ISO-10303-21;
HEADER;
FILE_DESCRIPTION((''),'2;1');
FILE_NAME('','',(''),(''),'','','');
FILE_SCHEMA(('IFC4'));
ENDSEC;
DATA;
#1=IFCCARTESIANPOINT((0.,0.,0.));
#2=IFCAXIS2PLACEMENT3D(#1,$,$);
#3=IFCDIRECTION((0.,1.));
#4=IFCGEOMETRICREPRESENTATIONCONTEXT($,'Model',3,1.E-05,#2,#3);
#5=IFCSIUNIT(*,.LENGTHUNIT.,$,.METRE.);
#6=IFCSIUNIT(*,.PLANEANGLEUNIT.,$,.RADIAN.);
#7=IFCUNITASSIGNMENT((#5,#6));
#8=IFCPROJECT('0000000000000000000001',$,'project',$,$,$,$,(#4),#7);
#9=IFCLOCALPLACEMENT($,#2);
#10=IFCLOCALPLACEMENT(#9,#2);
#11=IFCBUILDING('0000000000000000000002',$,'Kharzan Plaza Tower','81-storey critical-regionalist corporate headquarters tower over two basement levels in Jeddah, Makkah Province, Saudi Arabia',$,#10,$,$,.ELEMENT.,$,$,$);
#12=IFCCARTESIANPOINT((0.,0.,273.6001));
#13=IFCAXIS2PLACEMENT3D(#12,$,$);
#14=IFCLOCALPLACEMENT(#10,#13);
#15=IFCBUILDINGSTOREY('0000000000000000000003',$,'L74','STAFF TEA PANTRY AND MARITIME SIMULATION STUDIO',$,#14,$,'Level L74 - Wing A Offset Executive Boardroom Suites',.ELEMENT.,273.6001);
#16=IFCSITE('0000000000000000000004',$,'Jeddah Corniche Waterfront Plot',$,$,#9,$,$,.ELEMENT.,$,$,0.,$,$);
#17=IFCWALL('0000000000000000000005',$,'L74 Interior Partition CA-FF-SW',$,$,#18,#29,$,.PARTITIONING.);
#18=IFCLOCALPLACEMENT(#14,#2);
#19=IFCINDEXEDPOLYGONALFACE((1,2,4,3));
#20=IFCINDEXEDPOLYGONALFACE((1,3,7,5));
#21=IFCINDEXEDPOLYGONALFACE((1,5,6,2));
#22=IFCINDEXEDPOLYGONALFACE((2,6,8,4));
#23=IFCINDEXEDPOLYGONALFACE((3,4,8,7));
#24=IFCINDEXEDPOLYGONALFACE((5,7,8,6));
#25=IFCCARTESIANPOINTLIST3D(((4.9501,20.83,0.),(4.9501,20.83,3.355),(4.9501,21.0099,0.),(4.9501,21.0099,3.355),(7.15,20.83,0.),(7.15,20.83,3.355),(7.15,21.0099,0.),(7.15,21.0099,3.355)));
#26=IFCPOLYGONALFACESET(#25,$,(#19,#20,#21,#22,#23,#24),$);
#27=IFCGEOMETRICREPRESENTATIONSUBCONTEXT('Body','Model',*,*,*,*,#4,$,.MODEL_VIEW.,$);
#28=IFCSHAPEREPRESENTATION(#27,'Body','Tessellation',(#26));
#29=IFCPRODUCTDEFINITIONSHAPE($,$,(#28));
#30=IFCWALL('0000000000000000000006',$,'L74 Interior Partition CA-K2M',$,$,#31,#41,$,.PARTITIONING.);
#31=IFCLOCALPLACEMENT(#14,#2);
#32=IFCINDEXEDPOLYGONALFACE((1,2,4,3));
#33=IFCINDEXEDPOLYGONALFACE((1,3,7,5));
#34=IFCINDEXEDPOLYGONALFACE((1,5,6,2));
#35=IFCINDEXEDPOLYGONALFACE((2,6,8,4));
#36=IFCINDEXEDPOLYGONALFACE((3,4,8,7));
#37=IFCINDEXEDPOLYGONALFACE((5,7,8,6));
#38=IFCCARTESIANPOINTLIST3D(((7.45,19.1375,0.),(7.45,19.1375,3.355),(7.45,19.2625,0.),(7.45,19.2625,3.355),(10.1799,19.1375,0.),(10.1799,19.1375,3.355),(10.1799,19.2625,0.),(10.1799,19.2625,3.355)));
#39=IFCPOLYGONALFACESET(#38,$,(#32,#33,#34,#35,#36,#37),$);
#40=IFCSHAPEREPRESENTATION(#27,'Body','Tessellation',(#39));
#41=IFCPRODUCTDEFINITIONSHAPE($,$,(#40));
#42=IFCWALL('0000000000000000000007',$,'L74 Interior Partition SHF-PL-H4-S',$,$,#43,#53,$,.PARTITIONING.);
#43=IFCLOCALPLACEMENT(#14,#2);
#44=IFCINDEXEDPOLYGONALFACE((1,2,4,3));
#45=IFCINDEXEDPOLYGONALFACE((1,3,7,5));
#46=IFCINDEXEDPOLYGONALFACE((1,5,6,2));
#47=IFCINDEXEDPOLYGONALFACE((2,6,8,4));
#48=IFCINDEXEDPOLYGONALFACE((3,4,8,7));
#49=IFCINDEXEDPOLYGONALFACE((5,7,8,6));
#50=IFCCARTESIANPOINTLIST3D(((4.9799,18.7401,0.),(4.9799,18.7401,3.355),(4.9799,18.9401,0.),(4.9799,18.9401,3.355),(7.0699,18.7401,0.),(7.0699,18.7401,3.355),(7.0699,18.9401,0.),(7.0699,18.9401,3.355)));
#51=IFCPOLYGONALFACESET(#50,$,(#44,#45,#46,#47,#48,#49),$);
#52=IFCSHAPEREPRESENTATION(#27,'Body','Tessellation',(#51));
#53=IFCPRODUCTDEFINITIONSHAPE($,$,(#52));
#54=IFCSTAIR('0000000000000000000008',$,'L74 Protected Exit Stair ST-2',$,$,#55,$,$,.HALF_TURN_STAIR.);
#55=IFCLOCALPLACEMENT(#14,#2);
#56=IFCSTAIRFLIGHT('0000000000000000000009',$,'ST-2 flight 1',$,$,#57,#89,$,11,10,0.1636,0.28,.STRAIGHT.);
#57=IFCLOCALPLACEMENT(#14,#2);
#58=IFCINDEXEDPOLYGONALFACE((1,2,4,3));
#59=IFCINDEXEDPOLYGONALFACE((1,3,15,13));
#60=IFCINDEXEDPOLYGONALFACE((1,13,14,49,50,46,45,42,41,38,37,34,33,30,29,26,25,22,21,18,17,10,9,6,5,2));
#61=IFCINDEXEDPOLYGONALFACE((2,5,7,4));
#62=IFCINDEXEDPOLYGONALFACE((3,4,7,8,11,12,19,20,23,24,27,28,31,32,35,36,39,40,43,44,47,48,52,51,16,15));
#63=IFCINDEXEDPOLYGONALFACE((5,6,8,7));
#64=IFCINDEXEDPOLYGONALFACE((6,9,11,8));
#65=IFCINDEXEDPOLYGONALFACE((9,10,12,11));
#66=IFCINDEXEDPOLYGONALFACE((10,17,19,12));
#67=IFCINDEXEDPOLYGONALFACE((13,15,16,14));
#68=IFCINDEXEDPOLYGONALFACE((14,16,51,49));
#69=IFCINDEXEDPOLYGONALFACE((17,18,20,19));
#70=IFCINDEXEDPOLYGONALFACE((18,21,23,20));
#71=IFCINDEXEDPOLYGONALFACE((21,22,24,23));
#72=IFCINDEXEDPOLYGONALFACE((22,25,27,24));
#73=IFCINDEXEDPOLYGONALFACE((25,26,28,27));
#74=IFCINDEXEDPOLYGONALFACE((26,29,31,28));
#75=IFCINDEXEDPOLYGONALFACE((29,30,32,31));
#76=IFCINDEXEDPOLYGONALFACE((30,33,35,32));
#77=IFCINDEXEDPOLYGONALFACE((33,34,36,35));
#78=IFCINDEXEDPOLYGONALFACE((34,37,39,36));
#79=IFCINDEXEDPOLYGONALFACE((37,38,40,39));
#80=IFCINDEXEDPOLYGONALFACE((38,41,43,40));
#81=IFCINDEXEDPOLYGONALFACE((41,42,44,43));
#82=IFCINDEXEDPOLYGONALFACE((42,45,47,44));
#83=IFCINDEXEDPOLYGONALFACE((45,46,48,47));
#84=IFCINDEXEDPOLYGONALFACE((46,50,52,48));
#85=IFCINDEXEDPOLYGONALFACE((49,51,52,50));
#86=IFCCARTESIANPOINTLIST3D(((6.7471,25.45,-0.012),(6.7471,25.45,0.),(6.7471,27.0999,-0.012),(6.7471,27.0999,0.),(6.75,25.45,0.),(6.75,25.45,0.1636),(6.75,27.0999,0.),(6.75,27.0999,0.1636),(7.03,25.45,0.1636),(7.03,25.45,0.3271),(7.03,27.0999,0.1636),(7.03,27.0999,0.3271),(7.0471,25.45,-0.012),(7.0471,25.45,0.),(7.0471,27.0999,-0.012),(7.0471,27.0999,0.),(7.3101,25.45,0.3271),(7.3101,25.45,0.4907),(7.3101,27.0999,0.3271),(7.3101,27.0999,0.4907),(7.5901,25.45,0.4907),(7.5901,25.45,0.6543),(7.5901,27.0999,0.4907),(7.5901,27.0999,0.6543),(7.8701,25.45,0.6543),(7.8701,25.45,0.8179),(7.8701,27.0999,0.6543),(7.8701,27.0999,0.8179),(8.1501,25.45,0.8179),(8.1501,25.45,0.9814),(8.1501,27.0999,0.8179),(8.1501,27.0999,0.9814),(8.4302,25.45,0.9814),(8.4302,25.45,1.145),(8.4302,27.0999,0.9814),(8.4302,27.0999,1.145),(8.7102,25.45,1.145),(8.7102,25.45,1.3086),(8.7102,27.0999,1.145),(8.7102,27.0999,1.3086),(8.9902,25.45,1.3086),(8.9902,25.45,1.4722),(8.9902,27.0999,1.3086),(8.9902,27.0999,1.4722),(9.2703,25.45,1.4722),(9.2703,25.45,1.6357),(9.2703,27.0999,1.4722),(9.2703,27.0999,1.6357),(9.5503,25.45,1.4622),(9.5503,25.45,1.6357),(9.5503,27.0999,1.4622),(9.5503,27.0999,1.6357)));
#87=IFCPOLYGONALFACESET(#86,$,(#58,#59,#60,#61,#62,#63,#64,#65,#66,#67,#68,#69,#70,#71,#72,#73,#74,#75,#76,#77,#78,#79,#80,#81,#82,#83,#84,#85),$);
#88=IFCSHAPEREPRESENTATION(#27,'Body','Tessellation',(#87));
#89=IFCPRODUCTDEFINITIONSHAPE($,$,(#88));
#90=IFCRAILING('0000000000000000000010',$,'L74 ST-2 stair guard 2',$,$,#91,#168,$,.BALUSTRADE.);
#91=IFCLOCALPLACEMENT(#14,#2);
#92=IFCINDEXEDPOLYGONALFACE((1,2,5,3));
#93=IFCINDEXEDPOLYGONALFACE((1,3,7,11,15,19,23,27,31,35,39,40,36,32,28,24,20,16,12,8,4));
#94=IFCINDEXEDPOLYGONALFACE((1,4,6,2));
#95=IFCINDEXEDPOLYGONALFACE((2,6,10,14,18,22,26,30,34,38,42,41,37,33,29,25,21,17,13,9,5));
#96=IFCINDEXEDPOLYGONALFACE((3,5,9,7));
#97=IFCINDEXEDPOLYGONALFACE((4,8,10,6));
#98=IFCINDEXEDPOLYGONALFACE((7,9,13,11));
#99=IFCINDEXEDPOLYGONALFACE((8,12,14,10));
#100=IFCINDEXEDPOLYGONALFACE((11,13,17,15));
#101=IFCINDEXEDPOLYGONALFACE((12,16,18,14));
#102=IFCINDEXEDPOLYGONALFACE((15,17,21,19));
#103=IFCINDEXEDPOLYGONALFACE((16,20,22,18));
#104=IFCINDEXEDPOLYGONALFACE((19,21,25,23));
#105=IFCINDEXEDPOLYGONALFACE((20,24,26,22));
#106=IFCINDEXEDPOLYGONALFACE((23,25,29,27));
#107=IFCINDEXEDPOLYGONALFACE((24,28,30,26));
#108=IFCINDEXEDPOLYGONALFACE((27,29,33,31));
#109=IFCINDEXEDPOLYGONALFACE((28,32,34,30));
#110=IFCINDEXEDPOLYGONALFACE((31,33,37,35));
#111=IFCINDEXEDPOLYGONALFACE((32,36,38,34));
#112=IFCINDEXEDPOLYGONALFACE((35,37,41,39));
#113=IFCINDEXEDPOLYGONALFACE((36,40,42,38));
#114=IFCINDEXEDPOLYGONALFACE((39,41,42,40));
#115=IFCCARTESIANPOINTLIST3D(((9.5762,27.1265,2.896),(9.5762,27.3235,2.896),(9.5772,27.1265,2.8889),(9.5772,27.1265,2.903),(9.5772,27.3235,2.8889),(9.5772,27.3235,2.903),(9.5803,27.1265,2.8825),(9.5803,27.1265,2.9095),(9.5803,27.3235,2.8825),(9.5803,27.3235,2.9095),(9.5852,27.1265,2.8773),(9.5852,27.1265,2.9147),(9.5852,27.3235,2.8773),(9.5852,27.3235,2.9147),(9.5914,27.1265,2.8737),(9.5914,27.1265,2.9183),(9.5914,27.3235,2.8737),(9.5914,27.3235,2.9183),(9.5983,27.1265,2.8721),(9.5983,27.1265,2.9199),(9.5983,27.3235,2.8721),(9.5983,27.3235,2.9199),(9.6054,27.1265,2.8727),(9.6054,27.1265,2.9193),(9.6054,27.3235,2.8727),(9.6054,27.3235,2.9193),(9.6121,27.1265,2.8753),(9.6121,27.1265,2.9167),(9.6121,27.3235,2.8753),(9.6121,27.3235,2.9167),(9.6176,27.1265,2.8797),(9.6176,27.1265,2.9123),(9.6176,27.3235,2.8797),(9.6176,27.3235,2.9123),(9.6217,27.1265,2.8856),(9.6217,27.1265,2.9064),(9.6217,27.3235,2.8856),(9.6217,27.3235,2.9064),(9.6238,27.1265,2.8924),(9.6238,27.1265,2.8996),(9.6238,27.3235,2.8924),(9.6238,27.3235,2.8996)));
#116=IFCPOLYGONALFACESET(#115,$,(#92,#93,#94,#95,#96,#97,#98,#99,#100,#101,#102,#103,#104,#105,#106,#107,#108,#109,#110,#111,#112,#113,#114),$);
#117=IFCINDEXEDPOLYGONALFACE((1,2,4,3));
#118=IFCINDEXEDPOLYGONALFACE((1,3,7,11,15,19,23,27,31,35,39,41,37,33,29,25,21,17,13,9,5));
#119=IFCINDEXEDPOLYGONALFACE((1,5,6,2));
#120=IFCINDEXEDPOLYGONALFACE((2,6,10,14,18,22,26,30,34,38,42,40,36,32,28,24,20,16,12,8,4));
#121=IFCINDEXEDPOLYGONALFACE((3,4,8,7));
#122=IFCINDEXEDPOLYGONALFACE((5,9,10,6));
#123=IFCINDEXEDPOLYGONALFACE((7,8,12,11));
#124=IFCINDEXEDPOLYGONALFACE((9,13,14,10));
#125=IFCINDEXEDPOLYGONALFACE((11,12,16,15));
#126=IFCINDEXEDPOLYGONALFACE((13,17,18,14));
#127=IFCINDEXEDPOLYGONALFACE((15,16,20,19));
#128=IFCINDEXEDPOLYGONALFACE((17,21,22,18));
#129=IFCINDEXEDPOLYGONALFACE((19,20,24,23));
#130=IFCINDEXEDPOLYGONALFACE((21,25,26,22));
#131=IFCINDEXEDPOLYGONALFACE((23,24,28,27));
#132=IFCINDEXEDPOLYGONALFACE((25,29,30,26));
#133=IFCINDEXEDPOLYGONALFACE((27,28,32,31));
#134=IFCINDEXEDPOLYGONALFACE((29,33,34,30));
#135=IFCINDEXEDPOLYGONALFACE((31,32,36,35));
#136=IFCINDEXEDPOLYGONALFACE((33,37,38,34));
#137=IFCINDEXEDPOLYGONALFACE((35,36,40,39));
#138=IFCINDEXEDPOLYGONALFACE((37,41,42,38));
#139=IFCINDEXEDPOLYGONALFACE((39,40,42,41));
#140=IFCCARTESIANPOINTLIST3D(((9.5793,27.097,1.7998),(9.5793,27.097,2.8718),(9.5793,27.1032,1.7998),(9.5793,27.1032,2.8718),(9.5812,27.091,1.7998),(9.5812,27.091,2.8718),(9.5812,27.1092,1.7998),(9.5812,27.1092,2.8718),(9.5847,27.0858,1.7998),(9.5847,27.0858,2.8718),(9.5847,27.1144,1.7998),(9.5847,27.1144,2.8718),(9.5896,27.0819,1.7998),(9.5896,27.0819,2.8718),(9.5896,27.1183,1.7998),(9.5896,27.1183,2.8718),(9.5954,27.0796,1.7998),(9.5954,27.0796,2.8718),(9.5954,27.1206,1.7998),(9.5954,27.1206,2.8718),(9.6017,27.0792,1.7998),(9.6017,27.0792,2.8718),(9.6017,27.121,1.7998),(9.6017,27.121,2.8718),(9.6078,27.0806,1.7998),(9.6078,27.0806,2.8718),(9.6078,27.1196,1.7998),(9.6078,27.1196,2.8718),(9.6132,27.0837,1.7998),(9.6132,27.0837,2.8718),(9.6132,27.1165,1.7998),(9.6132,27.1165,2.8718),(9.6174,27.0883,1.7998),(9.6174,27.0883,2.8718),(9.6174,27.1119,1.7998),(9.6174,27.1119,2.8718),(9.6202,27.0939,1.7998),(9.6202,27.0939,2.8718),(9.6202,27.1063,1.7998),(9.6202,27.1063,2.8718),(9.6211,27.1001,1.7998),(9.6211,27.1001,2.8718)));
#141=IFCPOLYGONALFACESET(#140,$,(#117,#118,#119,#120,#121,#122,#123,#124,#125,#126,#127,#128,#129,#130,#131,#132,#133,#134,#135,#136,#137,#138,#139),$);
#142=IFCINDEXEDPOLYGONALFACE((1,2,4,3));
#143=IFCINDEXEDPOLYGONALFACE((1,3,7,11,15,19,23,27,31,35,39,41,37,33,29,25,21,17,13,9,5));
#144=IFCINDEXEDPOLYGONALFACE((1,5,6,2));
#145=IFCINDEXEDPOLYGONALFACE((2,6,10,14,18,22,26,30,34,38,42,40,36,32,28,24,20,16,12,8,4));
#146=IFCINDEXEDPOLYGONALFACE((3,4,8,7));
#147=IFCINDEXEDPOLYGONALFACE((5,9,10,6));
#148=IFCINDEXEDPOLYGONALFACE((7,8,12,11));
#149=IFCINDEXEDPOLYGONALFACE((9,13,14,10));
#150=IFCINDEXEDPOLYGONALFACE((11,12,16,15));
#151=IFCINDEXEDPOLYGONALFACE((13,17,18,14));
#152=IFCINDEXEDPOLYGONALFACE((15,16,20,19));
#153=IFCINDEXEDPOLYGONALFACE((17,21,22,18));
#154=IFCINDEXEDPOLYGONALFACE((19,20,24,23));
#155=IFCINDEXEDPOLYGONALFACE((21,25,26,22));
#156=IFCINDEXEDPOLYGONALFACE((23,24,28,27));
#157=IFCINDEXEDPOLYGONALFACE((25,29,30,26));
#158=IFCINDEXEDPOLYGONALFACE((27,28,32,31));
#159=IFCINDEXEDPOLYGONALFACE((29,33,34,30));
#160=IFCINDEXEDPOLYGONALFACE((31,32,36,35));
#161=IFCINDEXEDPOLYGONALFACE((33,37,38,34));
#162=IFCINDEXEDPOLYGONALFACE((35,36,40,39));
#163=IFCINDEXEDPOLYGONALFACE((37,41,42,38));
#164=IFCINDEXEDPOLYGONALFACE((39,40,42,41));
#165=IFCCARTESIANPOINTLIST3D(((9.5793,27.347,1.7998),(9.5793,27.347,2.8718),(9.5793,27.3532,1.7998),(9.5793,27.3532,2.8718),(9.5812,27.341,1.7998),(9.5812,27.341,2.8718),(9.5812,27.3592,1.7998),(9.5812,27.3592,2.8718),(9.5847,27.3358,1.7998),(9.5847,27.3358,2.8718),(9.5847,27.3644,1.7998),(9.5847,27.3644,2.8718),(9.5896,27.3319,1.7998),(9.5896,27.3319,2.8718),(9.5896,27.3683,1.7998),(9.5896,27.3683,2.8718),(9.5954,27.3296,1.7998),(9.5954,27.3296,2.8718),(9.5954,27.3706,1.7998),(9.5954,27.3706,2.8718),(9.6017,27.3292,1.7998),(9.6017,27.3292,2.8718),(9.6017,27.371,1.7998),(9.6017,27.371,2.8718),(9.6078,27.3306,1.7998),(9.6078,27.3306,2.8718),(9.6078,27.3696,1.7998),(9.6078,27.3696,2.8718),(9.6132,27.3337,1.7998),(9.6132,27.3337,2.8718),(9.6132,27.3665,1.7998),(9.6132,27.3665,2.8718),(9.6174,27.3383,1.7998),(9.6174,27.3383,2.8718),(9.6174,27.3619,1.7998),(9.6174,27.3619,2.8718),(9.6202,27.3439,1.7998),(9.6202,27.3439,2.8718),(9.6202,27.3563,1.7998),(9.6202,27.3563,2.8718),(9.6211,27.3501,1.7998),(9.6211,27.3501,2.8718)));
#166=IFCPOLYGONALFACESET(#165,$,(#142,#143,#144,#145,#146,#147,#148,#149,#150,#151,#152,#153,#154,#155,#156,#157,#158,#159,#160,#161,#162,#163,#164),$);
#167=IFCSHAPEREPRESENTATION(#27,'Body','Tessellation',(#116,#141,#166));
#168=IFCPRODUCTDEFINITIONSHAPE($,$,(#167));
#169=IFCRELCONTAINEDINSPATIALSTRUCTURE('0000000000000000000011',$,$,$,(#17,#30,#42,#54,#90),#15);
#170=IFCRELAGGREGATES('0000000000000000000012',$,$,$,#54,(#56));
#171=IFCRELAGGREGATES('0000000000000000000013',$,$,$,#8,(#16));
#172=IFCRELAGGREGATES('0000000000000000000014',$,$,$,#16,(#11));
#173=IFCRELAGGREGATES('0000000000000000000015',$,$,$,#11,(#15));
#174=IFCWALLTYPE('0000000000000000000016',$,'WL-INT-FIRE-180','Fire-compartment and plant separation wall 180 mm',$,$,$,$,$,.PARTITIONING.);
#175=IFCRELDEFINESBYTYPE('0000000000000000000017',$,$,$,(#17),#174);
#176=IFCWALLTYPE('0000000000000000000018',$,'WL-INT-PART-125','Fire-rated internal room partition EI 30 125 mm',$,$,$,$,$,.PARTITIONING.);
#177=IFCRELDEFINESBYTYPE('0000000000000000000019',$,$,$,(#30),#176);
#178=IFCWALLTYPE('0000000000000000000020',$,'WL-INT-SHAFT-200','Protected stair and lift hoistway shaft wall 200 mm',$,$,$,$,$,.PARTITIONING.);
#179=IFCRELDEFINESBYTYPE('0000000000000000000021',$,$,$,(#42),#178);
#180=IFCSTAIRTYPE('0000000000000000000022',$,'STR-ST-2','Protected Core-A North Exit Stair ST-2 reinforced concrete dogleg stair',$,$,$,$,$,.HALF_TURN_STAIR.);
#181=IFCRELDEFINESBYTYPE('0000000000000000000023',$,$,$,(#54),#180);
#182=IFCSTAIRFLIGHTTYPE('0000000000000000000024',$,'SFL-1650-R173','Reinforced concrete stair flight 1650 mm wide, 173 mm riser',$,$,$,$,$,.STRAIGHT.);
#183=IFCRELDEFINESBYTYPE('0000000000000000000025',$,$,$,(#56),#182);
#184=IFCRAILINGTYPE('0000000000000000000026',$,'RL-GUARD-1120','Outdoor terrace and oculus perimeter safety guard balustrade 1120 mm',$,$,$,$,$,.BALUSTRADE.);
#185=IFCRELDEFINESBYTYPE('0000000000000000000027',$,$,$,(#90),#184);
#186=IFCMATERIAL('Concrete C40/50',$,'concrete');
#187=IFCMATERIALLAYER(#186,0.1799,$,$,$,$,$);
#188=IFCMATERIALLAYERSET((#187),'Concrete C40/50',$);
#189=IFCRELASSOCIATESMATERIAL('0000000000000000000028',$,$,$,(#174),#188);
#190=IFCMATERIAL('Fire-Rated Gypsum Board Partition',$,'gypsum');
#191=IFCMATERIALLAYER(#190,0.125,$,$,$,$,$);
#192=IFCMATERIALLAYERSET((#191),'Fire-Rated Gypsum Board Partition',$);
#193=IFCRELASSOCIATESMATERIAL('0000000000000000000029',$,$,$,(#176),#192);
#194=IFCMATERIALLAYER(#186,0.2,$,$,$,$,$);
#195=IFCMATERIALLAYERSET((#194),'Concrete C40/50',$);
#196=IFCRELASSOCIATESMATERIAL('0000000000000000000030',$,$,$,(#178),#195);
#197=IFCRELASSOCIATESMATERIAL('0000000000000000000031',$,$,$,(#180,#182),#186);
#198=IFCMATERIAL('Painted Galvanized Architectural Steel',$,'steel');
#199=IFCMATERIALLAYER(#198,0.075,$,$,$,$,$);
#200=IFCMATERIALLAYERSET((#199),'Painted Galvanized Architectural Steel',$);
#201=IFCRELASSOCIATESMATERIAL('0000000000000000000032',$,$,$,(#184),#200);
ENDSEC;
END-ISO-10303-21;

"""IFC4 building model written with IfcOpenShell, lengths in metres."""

from ifc_helpers import new_model, si_unit, direction, frame, frame_2d, origin, origin_2d, place, context, subcontext, project, spatial, polyline, rectangle, circle, outline, extrude, source, transform, mapped, material, layer, layer_set, type_object, element, aggregate, save


model = new_model("IFC4")

# Units and contexts
model_context = context("Model", 3, precision=1e-05, world=origin(), true_north=direction((0.0, 1.0)))
body_context = subcontext(model_context, "Body", "Model", "MODEL_VIEW")
ifc_project = project(units=[si_unit("LENGTHUNIT", "METRE"), si_unit("PLANEANGLEUNIT", "RADIAN")], contexts=[model_context])

# Site, building, storey
site_placement = place(None, origin())
site = spatial("IfcSite", under=ifc_project, at=site_placement, Name="Jeddah Corniche Waterfront Plot", CompositionType="ELEMENT", RefElevation=0.0)
building_placement = place(site_placement, origin())
building = spatial("IfcBuilding", under=site, at=building_placement, Name="Kharzan Plaza Tower", Description="81-storey critical-regionalist corporate headquarters tower over two basement levels in Jeddah, Makkah Province, Saudi Arabia", CompositionType="ELEMENT")
storey_placement = place(building_placement, frame((0.0, 0.0, 273.6001)))
storey = spatial("IfcBuildingStorey", under=building, at=storey_placement, Name="L74", Description="STAFF TEA PANTRY AND MARITIME SIMULATION STUDIO", LongName="Level L74 - Wing A Offset Executive Boardroom Suites", CompositionType="ELEMENT", Elevation=273.6001)

# Shared definitions
ifc_material_1 = material(Name="Concrete C40/50", Category="concrete")
ifc_layer_1 = layer(ifc_material_1, 0.1799)
ifc_layer_set_1 = layer_set([ifc_layer_1], Name="Concrete C40/50")
wall_type_1 = type_object("IfcWallType", Name="WL-INT-FIRE-180", Description="Fire-compartment and plant separation wall 180 mm", PredefinedType="PARTITIONING", material=ifc_layer_set_1)
ifc_material_2 = material(Name="Fire-Rated Gypsum Board Partition", Category="gypsum")
ifc_layer_2 = layer(ifc_material_2, 0.125)
ifc_layer_set_2 = layer_set([ifc_layer_2], Name="Fire-Rated Gypsum Board Partition")
wall_type_2 = type_object("IfcWallType", Name="WL-INT-PART-125", Description="Fire-rated internal room partition EI 30 125 mm", PredefinedType="PARTITIONING", material=ifc_layer_set_2)
ifc_layer_3 = layer(ifc_material_1, 0.2)
ifc_layer_set_3 = layer_set([ifc_layer_3], Name="Concrete C40/50")
wall_type_3 = type_object("IfcWallType", Name="WL-INT-SHAFT-200", Description="Protected stair and lift hoistway shaft wall 200 mm", PredefinedType="PARTITIONING", material=ifc_layer_set_3)

# Walls
shared_shape_1 = source(origin(), body_context, "Body", "SweptSolid", [
    extrude(rectangle(XDim=2.2, YDim=0.1799, at=frame_2d((1.1001, 0.0))), origin(), (0.0, 0.0, 1.0), 3.355),
])
wall_1_placement = place(storey_placement, frame((4.95, 20.9199, 0.0), z_axis=(0.0, 0.0, 1.0), x_axis=(1.0, 0.0, 0.0)))
element("IfcWall", 1, at=wall_1_placement, inside=storey, type_object=wall_type_1, Name="L74 Interior Partition CA-FF-SW", PredefinedType="PARTITIONING", context=body_context, shape_type="MappedRepresentation", body=[
    mapped(shared_shape_1, transform((0.0, 0.0, 0.0), x_axis=(1.0, 0.0, 0.0), y_axis=(0.0, 1.0, 0.0), z_axis=(0.0, 0.0, 1.0))),
])
shared_shape_2 = source(origin(), body_context, "Body", "SweptSolid", [
    extrude(rectangle(XDim=2.73, YDim=0.125, at=frame_2d((1.365, 0.0))), origin(), (0.0, 0.0, 1.0), 3.355),
])
wall_2_placement = place(storey_placement, frame((7.45, 19.2, 0.0), z_axis=(0.0, 0.0, 1.0), x_axis=(1.0, 0.0, 0.0)))
element("IfcWall", 2, at=wall_2_placement, inside=storey, type_object=wall_type_2, Name="L74 Interior Partition CA-K2M", PredefinedType="PARTITIONING", context=body_context, shape_type="MappedRepresentation", body=[
    mapped(shared_shape_2, transform((0.0, 0.0, 0.0), x_axis=(1.0, 0.0, 0.0), y_axis=(0.0, 1.0, 0.0), z_axis=(0.0, 0.0, 1.0))),
])
shared_shape_3 = source(origin(), body_context, "Body", "SweptSolid", [
    extrude(rectangle(XDim=2.0901, YDim=0.2, at=frame_2d((1.0449, 0.0))), origin(), (0.0, 0.0, 1.0), 3.355),
])
wall_3_placement = place(storey_placement, frame((4.98, 18.8401, 0.0), z_axis=(0.0, 0.0, 1.0), x_axis=(1.0, 0.0, 0.0)))
element("IfcWall", 3, at=wall_3_placement, inside=storey, type_object=wall_type_3, Name="L74 Interior Partition SHF-PL-H4-S", PredefinedType="PARTITIONING", context=body_context, shape_type="MappedRepresentation", body=[
    mapped(shared_shape_3, transform((0.0, 0.0, 0.0), x_axis=(1.0, 0.0, 0.0), y_axis=(0.0, 1.0, 0.0), z_axis=(0.0, 0.0, 1.0))),
])

# Stair, stair flight
stair_type = type_object("IfcStairType", Name="STR-ST-2", Description="Protected Core-A North Exit Stair ST-2 reinforced concrete dogleg stair", PredefinedType="HALF_TURN_STAIR", material=ifc_material_1)
stair_placement = place(storey_placement, origin())
stair = element("IfcStair", 4, at=stair_placement, inside=storey, type_object=stair_type, Name="L74 Protected Exit Stair ST-2", PredefinedType="HALF_TURN_STAIR")
stair_flight_type = type_object("IfcStairFlightType", Name="SFL-1650-R173", Description="Reinforced concrete stair flight 1650 mm wide, 173 mm riser", PredefinedType="STRAIGHT", material=ifc_material_1)
shared_shape_4 = source(origin(), body_context, "Body", "SweptSolid", [
    extrude(outline(polyline([(-0.0029, -0.012), (-0.0029, 0.0), (0.0, 0.0), (0.0, 0.1636), (0.28, 0.1636), (0.28, 0.3271), (0.5601, 0.3271), (0.5601, 0.4907), (0.8401, 0.4907), (0.8401, 0.6543), (1.1201, 0.6543), (1.1201, 0.8179), (1.4001, 0.8179), (1.4001, 0.9814), (1.6802, 0.9814), (1.6802, 1.145), (1.9602, 1.145), (1.9602, 1.3086), (2.2402, 1.3086), (2.2402, 1.4722), (2.5203, 1.4722), (2.5203, 1.6357), (2.8003, 1.6357), (2.8003, 1.7993), (2.8003, 1.4622), (0.2971, 0.0), (0.2971, -0.012), (-0.0029, -0.012)])), frame((0.0, 0.825, 0.0), z_axis=(0.0, -1.0, 0.0), x_axis=(1.0, 0.0, 0.0)), (0.0, 0.0, 1.0), 1.6499),
])
stair_flight_placement = place(storey_placement, frame((6.75, 26.2749, 0.0), z_axis=(0.0, 0.0, 1.0), x_axis=(1.0, 0.0, 0.0)))
stair_flight = element("IfcStairFlight", 5, at=stair_flight_placement, type_object=stair_flight_type, Name="ST-2 flight 1", NumberOfRisers=11, NumberOfTreads=10, PredefinedType="STRAIGHT", RiserHeight=0.1636, TreadLength=0.28, context=body_context, shape_type="MappedRepresentation", body=[
    mapped(shared_shape_4, transform((0.0, 0.0, 0.0), x_axis=(1.0, 0.0, 0.0), y_axis=(0.0, 1.0, 0.0), z_axis=(0.0, 0.0, 1.0))),
])
aggregate(stair, [stair_flight])

# Railing
ifc_material_3 = material(Name="Painted Galvanized Architectural Steel", Category="steel")
ifc_layer_4 = layer(ifc_material_3, 0.075)
ifc_layer_set_4 = layer_set([ifc_layer_4], Name="Painted Galvanized Architectural Steel")
railing_type_1 = type_object("IfcRailingType", Name="RL-GUARD-1120", Description="Outdoor terrace and oculus perimeter safety guard balustrade 1120 mm", PredefinedType="BALUSTRADE", material=ifc_layer_set_4)
shared_shape_5 = source(origin(), body_context, "Body", "SweptSolid", [
    extrude(circle(Radius=0.0239, at=origin_2d()), frame((0.0, 0.0264, 1.0962), z_axis=(0.0, 1.0, 0.0), x_axis=(-1.0, 0.0, 0.0)), (0.0, 0.0, 1.0), 0.197),
    extrude(circle(Radius=0.021, at=origin_2d()), origin(), (0.0, 0.0, 1.0), 1.072),
    extrude(circle(Radius=0.021, at=origin_2d()), frame((0.0, 0.25, 0.0)), (0.0, 0.0, 1.0), 1.072),
])
railing_1_placement = place(storey_placement, frame((9.6001, 27.1001, 1.7998)))
element("IfcRailing", 6, at=railing_1_placement, inside=storey, type_object=railing_type_1, Name="L74 ST-2 stair guard 2", PredefinedType="BALUSTRADE", context=body_context, shape_type="MappedRepresentation", body=[
    mapped(shared_shape_5, transform((0.0, 0.0, 0.0), x_axis=(1.0, 0.0, 0.0), y_axis=(0.0, 1.0, 0.0), z_axis=(0.0, 0.0, 1.0))),
])

save(model, "model.ifc")
